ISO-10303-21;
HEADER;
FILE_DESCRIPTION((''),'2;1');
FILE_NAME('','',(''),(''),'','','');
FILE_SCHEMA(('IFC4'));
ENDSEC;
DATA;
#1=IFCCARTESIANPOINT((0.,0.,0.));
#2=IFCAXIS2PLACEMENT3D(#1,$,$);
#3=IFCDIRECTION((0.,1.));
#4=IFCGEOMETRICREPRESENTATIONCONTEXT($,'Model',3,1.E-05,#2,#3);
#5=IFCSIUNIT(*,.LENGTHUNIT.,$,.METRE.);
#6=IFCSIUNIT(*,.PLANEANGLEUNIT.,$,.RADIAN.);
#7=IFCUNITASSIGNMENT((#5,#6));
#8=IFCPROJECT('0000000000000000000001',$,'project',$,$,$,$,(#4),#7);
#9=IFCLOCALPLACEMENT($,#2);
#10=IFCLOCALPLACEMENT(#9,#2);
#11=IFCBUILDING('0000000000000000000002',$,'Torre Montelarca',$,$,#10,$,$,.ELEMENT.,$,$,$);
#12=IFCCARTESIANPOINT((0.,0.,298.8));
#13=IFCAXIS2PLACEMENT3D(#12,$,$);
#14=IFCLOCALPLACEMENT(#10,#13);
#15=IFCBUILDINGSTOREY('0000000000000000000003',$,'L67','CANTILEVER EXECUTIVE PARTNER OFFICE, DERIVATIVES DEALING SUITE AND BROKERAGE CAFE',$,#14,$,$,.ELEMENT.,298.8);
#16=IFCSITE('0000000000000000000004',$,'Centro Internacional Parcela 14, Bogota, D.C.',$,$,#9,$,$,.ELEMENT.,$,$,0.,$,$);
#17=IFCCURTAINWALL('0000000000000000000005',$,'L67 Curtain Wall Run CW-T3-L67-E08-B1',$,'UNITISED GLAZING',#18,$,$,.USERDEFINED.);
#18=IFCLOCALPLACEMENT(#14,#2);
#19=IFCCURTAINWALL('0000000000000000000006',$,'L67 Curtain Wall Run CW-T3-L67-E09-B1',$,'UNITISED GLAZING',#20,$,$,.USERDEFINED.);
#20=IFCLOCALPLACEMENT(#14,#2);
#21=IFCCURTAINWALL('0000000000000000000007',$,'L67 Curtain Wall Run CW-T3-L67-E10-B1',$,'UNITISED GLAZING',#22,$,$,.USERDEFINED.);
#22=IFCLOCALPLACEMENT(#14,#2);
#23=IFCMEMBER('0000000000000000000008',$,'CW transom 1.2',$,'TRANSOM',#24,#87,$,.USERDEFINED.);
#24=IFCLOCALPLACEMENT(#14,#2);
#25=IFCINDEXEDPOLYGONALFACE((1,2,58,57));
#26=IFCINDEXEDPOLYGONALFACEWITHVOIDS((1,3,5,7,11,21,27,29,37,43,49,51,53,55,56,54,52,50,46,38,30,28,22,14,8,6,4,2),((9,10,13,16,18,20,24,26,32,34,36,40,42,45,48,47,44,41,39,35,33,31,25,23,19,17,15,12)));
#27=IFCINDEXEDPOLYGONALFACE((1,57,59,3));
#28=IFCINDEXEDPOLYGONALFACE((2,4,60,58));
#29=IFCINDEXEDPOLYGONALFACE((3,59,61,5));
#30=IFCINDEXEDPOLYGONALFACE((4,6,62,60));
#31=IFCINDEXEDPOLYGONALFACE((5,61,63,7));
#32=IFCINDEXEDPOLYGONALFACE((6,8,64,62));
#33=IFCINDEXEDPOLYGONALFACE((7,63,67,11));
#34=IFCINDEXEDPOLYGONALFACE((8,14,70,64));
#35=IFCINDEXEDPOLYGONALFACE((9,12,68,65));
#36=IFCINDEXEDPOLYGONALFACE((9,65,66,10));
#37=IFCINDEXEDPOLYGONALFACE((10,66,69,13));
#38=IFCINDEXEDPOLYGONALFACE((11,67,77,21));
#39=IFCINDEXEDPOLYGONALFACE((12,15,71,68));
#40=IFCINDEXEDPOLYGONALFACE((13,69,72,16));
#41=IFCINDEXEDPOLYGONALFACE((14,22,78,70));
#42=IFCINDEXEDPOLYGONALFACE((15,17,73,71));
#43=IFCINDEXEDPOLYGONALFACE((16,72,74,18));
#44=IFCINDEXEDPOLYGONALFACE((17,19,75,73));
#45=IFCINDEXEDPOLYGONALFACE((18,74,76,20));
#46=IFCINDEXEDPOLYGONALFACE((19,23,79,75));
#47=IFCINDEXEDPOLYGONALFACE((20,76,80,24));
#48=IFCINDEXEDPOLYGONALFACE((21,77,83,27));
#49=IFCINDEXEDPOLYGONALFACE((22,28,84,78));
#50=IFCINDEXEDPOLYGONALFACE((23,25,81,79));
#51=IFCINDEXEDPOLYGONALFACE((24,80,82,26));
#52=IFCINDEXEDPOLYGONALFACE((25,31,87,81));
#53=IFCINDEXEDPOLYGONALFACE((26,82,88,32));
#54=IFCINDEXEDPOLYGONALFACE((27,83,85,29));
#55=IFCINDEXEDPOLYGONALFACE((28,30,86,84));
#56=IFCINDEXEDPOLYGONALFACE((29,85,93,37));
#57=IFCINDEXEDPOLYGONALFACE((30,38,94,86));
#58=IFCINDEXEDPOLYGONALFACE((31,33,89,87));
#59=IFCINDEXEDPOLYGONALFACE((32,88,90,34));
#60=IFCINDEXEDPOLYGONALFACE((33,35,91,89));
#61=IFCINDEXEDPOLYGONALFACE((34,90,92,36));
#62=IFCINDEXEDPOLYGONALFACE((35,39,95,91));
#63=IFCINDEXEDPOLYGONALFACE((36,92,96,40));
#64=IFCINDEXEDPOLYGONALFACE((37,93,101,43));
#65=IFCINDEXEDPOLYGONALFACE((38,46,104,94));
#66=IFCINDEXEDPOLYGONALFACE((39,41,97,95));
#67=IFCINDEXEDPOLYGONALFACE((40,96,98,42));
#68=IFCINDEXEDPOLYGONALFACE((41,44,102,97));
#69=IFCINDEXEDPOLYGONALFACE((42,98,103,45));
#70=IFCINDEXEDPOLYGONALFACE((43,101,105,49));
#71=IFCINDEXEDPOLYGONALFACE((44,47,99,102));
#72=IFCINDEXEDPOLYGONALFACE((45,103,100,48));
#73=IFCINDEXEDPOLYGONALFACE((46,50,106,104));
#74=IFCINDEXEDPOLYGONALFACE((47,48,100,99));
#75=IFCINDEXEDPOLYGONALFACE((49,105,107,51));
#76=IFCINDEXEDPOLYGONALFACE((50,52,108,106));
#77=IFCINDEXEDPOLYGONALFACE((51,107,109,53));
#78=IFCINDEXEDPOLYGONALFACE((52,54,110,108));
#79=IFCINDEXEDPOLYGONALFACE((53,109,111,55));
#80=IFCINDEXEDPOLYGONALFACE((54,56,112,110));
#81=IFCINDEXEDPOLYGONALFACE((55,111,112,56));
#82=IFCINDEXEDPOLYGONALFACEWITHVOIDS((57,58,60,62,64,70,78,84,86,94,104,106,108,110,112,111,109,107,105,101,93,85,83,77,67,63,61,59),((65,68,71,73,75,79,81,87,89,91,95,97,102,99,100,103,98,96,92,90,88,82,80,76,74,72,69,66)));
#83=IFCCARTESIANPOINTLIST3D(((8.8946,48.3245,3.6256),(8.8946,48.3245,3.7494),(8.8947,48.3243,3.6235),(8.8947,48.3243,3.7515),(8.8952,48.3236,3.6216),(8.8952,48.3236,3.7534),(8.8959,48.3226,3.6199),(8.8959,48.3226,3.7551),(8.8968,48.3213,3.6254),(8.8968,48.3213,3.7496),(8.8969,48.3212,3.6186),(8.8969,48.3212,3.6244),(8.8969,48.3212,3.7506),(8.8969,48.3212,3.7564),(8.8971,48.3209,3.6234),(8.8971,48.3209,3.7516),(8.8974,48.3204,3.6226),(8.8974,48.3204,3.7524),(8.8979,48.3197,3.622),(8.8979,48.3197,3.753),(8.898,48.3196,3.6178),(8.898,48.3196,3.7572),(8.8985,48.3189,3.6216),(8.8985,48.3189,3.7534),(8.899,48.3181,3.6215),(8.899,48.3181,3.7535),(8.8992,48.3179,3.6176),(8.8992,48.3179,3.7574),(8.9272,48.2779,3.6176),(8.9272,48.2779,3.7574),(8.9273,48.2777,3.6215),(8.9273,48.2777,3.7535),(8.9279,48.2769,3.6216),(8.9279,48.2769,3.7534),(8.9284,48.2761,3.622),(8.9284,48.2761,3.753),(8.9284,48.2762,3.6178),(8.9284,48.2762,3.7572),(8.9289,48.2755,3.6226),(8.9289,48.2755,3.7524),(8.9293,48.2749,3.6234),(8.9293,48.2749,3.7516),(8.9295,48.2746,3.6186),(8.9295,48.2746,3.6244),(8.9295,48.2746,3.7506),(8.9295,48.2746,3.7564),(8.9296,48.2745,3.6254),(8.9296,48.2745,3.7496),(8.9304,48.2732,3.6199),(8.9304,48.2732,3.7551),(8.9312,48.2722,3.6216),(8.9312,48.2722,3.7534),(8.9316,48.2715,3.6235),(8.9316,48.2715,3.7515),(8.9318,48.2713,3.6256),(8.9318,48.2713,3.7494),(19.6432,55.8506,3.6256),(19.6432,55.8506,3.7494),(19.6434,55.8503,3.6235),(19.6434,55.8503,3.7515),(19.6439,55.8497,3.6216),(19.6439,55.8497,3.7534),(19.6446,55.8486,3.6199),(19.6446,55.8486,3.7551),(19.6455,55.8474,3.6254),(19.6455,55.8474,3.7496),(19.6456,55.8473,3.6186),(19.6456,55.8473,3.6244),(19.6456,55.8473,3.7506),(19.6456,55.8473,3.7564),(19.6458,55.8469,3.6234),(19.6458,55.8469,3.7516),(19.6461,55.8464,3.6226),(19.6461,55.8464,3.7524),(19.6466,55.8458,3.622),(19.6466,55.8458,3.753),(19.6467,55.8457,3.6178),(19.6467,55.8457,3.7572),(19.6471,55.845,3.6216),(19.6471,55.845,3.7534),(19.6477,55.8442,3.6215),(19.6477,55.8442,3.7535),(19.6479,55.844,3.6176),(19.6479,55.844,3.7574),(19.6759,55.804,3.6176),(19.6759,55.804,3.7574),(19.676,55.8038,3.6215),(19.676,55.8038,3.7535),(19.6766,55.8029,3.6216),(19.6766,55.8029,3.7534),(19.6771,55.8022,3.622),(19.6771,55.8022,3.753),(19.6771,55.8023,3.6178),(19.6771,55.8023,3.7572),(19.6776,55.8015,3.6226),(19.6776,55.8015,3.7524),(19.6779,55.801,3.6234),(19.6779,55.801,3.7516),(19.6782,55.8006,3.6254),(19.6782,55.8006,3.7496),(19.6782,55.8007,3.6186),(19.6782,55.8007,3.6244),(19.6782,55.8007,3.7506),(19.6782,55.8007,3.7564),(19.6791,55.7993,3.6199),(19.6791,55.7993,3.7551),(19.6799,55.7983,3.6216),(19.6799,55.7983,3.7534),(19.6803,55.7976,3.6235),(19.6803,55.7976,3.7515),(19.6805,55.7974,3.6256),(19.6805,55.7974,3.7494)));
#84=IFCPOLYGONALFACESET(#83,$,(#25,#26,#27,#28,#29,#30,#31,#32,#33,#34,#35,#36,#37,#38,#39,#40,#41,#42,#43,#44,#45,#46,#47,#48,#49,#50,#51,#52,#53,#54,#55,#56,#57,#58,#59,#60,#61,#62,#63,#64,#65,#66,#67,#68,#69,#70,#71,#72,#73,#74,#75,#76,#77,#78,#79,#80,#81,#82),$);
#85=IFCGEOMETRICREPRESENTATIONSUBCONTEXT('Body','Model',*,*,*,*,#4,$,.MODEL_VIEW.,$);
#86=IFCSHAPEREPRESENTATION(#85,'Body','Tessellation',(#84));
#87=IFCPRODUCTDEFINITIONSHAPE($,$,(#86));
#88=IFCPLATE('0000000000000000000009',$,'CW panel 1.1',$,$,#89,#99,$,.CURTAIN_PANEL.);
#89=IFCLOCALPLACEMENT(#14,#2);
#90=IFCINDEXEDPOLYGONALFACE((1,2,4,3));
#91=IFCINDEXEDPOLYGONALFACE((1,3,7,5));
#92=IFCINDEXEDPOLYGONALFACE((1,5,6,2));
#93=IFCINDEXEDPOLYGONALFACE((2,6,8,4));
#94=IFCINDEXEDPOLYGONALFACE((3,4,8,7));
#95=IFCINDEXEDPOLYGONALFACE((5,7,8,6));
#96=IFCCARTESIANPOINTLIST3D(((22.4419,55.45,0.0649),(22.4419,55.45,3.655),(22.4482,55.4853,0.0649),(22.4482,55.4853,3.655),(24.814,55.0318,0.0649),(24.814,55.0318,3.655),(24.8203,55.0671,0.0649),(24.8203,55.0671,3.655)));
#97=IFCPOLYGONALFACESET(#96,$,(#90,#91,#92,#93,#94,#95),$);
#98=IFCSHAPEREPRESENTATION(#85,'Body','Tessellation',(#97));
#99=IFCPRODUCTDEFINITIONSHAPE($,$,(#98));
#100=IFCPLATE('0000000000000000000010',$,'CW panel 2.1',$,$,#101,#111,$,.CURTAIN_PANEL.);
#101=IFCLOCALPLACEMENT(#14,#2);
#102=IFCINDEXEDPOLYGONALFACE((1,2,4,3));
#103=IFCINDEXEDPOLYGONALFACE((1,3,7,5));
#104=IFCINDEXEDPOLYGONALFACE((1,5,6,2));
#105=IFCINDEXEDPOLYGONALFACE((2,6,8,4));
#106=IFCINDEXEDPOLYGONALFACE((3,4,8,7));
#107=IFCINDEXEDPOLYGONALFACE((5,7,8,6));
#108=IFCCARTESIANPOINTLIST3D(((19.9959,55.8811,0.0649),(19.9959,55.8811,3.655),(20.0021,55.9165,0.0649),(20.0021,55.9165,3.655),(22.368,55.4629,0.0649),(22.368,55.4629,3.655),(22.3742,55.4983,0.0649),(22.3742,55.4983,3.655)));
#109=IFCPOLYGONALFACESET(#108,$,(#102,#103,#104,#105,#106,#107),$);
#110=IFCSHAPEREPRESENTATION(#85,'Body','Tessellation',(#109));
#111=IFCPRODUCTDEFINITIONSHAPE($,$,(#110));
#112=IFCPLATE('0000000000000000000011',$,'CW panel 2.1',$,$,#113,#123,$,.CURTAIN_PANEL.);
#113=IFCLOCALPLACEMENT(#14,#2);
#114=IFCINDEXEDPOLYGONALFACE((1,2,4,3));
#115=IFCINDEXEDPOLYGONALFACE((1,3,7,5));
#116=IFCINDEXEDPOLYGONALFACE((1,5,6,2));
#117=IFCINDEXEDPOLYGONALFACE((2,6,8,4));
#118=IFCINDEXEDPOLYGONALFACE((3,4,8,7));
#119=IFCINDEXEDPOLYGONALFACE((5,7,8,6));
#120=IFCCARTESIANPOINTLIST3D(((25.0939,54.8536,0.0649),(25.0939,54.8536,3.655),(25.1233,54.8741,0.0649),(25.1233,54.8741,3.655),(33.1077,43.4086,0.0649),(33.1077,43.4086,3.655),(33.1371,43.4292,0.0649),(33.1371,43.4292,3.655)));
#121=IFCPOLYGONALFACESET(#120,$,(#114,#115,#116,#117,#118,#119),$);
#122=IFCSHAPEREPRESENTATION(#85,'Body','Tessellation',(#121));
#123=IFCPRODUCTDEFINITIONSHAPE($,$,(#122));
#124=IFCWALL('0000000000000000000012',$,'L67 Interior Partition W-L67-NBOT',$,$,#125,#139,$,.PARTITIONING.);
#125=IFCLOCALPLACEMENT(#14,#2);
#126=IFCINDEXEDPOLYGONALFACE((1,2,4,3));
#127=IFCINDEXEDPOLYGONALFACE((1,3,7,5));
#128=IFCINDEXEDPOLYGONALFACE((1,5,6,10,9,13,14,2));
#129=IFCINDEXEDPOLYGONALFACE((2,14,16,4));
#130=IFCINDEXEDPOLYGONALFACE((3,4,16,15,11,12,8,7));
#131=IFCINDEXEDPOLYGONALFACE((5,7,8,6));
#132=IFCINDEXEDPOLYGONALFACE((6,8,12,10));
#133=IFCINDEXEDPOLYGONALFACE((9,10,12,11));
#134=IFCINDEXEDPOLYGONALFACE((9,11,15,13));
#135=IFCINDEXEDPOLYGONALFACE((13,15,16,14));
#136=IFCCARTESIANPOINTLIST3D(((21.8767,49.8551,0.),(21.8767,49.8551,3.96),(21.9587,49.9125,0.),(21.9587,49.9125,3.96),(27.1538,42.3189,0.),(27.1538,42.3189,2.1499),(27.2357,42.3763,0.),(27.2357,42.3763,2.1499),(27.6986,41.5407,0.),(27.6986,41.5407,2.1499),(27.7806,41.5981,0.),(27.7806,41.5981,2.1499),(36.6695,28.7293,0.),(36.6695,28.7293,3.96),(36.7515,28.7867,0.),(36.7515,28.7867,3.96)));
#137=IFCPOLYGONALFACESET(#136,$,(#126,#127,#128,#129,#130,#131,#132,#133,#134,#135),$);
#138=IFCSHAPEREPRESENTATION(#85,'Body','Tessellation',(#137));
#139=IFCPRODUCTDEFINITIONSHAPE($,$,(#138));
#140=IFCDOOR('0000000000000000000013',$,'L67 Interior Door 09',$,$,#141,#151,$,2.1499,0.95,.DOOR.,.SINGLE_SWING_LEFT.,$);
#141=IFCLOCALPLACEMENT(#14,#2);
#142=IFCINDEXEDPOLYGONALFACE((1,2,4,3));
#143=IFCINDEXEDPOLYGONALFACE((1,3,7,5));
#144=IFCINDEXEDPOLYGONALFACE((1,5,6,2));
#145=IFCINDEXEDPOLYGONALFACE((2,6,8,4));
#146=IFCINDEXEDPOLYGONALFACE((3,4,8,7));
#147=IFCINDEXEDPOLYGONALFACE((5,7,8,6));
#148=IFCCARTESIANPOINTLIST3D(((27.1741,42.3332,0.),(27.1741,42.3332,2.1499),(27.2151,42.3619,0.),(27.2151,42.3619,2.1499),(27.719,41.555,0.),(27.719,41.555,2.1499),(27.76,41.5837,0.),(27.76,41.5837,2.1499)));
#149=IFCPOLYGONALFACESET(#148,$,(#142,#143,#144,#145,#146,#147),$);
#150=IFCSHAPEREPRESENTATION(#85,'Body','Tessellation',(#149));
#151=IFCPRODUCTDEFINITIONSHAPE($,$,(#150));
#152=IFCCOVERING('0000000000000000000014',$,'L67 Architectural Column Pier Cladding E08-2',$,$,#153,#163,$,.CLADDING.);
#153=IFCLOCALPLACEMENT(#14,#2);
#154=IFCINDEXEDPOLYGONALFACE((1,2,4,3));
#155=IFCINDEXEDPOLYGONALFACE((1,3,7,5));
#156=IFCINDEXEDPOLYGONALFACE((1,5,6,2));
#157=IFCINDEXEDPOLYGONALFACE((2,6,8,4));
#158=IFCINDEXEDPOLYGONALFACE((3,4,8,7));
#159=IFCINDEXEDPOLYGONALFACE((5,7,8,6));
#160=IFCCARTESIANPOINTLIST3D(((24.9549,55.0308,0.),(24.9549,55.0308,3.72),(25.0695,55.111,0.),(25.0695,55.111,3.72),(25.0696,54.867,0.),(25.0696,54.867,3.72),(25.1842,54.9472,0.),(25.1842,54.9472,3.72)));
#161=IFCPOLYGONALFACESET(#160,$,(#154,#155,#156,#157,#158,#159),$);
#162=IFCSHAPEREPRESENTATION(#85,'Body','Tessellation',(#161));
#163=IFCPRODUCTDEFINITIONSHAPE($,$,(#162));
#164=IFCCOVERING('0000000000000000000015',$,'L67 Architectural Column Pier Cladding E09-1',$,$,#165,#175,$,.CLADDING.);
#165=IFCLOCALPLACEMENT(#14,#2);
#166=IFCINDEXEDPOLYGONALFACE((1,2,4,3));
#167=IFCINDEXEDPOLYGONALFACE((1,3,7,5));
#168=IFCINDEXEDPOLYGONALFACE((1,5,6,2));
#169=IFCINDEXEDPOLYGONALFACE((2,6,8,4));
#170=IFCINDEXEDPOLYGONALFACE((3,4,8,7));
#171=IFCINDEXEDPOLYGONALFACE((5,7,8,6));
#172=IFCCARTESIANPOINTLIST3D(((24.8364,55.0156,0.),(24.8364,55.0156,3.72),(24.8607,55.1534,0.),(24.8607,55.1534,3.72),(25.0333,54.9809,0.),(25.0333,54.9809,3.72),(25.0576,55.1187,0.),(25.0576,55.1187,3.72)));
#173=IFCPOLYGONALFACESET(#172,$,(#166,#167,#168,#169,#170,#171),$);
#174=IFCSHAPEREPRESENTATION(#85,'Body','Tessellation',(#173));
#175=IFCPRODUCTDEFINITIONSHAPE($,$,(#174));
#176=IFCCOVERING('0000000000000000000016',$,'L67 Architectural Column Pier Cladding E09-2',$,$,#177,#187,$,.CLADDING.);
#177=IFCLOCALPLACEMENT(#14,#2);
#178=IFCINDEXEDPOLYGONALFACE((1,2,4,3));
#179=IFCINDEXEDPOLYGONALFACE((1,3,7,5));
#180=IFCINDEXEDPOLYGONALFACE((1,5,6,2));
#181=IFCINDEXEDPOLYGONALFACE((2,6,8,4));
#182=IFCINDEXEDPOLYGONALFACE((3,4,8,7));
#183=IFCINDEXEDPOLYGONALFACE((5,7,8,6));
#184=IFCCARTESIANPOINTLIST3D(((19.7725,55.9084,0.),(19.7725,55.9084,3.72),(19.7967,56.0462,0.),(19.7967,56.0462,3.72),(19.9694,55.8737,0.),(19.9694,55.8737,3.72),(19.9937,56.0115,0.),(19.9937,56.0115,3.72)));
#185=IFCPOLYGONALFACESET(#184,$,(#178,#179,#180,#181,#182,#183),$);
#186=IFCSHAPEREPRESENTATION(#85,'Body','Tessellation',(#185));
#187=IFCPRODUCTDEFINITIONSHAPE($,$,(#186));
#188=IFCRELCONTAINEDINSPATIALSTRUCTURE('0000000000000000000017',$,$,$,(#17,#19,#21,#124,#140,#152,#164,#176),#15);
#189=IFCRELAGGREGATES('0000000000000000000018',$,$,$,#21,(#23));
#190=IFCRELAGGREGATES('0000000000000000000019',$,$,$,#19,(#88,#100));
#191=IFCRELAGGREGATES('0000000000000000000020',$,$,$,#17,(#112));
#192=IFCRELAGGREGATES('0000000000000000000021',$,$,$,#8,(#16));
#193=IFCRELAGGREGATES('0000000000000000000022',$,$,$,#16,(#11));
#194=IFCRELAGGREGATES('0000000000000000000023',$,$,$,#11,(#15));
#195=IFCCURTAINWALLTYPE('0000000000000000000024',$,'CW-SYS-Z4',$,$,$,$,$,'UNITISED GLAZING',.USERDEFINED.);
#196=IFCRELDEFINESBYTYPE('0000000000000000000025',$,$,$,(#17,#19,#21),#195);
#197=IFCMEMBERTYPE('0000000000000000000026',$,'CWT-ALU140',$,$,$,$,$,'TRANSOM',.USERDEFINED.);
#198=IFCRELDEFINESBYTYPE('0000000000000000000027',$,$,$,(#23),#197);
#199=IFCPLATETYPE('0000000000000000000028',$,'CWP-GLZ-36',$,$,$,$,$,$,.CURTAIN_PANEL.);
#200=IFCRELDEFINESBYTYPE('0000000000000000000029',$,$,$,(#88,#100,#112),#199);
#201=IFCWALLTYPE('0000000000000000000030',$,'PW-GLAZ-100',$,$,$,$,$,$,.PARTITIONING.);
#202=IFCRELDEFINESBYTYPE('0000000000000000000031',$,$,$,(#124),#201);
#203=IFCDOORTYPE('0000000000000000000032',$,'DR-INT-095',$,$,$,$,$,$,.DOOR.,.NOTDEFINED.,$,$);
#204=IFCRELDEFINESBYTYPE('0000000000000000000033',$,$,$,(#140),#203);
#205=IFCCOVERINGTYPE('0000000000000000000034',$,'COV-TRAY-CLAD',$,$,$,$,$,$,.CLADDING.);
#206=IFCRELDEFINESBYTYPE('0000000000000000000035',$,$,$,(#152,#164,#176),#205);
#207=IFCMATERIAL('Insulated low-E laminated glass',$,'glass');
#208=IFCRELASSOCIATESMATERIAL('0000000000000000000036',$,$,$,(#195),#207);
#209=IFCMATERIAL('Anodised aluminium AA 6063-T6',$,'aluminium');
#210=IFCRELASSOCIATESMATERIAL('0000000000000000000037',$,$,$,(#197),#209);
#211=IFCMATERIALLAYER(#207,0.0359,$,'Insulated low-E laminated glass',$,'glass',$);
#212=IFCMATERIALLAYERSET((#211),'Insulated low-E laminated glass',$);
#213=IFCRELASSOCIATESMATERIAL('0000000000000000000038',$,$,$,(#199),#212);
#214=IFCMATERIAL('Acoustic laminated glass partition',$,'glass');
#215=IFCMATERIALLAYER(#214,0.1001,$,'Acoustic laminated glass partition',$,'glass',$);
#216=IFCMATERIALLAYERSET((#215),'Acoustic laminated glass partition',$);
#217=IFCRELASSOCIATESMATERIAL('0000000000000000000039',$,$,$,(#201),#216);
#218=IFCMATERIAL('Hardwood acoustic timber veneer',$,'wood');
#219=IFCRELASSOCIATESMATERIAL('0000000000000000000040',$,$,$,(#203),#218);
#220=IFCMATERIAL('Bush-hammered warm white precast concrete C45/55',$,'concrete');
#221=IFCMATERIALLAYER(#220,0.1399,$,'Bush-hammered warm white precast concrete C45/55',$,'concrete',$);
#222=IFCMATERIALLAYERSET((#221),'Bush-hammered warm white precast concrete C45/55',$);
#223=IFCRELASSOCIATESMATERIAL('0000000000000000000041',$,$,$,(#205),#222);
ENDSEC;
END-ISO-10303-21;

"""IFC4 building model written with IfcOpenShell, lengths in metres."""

from ifc_helpers import new_model, si_unit, direction, frame, frame_2d, origin, origin_2d, place, context, subcontext, project, spatial, rectangle, hollow_rectangle, extrude, source, transform, mapped, material, layer, layer_set, material_profile, profile_set, type_object, element, fill, aggregate, save


model = new_model("IFC4")

# Units and contexts
model_context = context("Model", 3, precision=1e-05, world=origin(), true_north=direction((0.0, 1.0)))
body_context = subcontext(model_context, "Body", "Model", "MODEL_VIEW")
ifc_project = project(units=[si_unit("LENGTHUNIT", "METRE"), si_unit("PLANEANGLEUNIT", "RADIAN")], contexts=[model_context])

# Site, building, storey
site_placement = place(None, origin())
site = spatial("IfcSite", under=ifc_project, at=site_placement, Name="Centro Internacional Parcela 14, Bogota, D.C.", CompositionType="ELEMENT", RefElevation=0.0)
building_placement = place(site_placement, origin())
building = spatial("IfcBuilding", under=site, at=building_placement, Name="Torre Montelarca", CompositionType="ELEMENT")
storey_placement = place(building_placement, frame((0.0, 0.0, 298.8)))
storey = spatial("IfcBuildingStorey", under=building, at=storey_placement, Name="L67", Description="CANTILEVER EXECUTIVE PARTNER OFFICE, DERIVATIVES DEALING SUITE AND BROKERAGE CAFE", CompositionType="ELEMENT", Elevation=298.8)

# Curtain wall
ifc_material_1 = material(Name="Insulated low-E laminated glass", Category="glass")
curtain_wall_type = type_object("IfcCurtainWallType", Name="CW-SYS-Z4", ElementType="UNITISED GLAZING", PredefinedType="USERDEFINED", material=ifc_material_1)
curtain_wall_1_placement = place(storey_placement, origin())
curtain_wall_1 = element("IfcCurtainWall", 1, at=curtain_wall_1_placement, inside=storey, type_object=curtain_wall_type, Name="L67 Curtain Wall Run CW-T3-L67-E08-B1", ObjectType="UNITISED GLAZING", PredefinedType="USERDEFINED")
ifc_material_2 = material(Name="Anodised aluminium AA 6063-T6", Category="aluminium")

# Curtain wall
curtain_wall_2_placement = place(storey_placement, origin())
curtain_wall_2 = element("IfcCurtainWall", 2, at=curtain_wall_2_placement, inside=storey, type_object=curtain_wall_type, Name="L67 Curtain Wall Run CW-T3-L67-E09-B1", ObjectType="UNITISED GLAZING", PredefinedType="USERDEFINED")

# Curtain wall
curtain_wall_3_placement = place(storey_placement, origin())
curtain_wall_3 = element("IfcCurtainWall", 3, at=curtain_wall_3_placement, inside=storey, type_object=curtain_wall_type, Name="L67 Curtain Wall Run CW-T3-L67-E10-B1", ObjectType="UNITISED GLAZING", PredefinedType="USERDEFINED")

# Member
ifc_material_profile_1 = material_profile(ifc_material_2, hollow_rectangle(XDim=0.0649, YDim=0.1399, WallThickness=0.0039, InnerFilletRadius=0.0039, OuterFilletRadius=0.0081, at=origin_2d()), Name="ALU65X140X4", Category="aluminium")
ifc_profile_set_1 = profile_set([ifc_material_profile_1], Name="Anodised aluminium AA 6063-T6")
member_type_1 = type_object("IfcMemberType", Name="CWT-ALU140", ElementType="TRANSOM", PredefinedType="USERDEFINED", material=ifc_profile_set_1)
shared_shape_1 = source(origin(), body_context, "Body", "SweptSolid", [
    extrude(hollow_rectangle(XDim=0.0649, YDim=0.1399, WallThickness=0.0039, InnerFilletRadius=0.0039, OuterFilletRadius=0.0081, at=origin_2d()), origin(), (0.0, 0.0, 1.0), 13.1216),
])
member_1_placement = place(storey_placement, frame((19.6619, 55.824, 3.6875), z_axis=(-0.819161, -0.573563, 0.0), x_axis=(0.573563, -0.819161, 0.0)))
member_1 = element("IfcMember", 4, at=member_1_placement, type_object=member_type_1, Name="CW transom 1.2", ObjectType="TRANSOM", PredefinedType="USERDEFINED", context=body_context, shape_type="MappedRepresentation", body=[
    mapped(shared_shape_1, transform((0.0, 0.0, 0.0), scale=1.0)),
])
aggregate(curtain_wall_3, [member_1])

# Plates
ifc_layer_1 = layer(ifc_material_1, 0.0359, Name="Insulated low-E laminated glass", Category="glass")
ifc_layer_set_1 = layer_set([ifc_layer_1], Name="Insulated low-E laminated glass")
plate_type = type_object("IfcPlateType", Name="CWP-GLZ-36", PredefinedType="CURTAIN_PANEL", material=ifc_layer_set_1)
shared_shape_2 = source(origin(), body_context, "Body", "SweptSolid", [
    extrude(rectangle(XDim=2.4087, YDim=0.0359, at=origin_2d()), origin(), (0.0, 0.0, 1.0), 3.5901),
])
plate_1_placement = place(storey_placement, frame((23.6311, 55.2585, 0.0649), z_axis=(0.0, 0.0, 1.0), x_axis=(-0.98481, 0.173635, 0.0)))
plate_1 = element("IfcPlate", 5, at=plate_1_placement, type_object=plate_type, Name="CW panel 1.1", PredefinedType="CURTAIN_PANEL", context=body_context, shape_type="MappedRepresentation", body=[
    mapped(shared_shape_2, transform((0.0, 0.0, 0.0), scale=1.0)),
])
plate_2_placement = place(storey_placement, frame((21.1851, 55.6897, 0.0649), z_axis=(0.0, 0.0, 1.0), x_axis=(-0.98481, 0.173635, 0.0)))
plate_2 = element("IfcPlate", 6, at=plate_2_placement, type_object=plate_type, Name="CW panel 2.1", PredefinedType="CURTAIN_PANEL", context=body_context, shape_type="MappedRepresentation", body=[
    mapped(shared_shape_2, transform((0.0, 0.0, 0.0), scale=1.0)),
])
aggregate(curtain_wall_2, [plate_1, plate_2])
shared_shape_3 = source(origin(), body_context, "Body", "SweptSolid", [
    extrude(rectangle(XDim=13.9717, YDim=0.0359, at=origin_2d()), origin(), (0.0, 0.0, 1.0), 3.5901),
])
plate_3_placement = place(storey_placement, frame((29.1155, 49.1414, 0.0649), z_axis=(0.0, 0.0, 1.0), x_axis=(-0.573571, 0.819156, 0.0)))
plate_3 = element("IfcPlate", 7, at=plate_3_placement, type_object=plate_type, Name="CW panel 2.1", PredefinedType="CURTAIN_PANEL", context=body_context, shape_type="MappedRepresentation", body=[
    mapped(shared_shape_3, transform((0.0, 0.0, 0.0), scale=1.0)),
])
aggregate(curtain_wall_1, [plate_3])

# Wall, opening, door
ifc_material_3 = material(Name="Acoustic laminated glass partition", Category="glass")
ifc_layer_2 = layer(ifc_material_3, 0.1001, Name="Acoustic laminated glass partition", Category="glass")
ifc_layer_set_2 = layer_set([ifc_layer_2], Name="Acoustic laminated glass partition")
wall_type = type_object("IfcWallType", Name="PW-GLAZ-100", PredefinedType="PARTITIONING", material=ifc_layer_set_2)
wall_placement = place(storey_placement, frame((21.9177, 49.8838, 0.0), z_axis=(0.0, 0.0, 1.0), x_axis=(0.573585, -0.819146, 0.0)))
wall = element("IfcWall", 8, at=wall_placement, inside=storey, type_object=wall_type, Name="L67 Interior Partition W-L67-NBOT", PredefinedType="PARTITIONING", context=body_context, shape_type="SweptSolid", body=[
    extrude(rectangle(XDim=25.79, YDim=0.1001, at=frame_2d((12.895, 0.0))), origin(), (0.0, 0.0, 1.0), 3.96),
])
opening_placement = place(wall_placement, frame((9.2, 0.0, 0.0)))
opening = element("IfcOpeningElement", 9, at=opening_placement, cuts=wall, PredefinedType="OPENING", context=body_context, shape_type="SweptSolid", body=[
    extrude(rectangle(XDim=0.95, YDim=2.1499, at=frame_2d((0.4751, 1.075))), frame((0.0, 0.0601, 0.0), z_axis=(0.0, -1.0, 0.0), x_axis=(1.0, 0.0, 0.0)), (0.0, 0.0, 1.0), 0.1201),
])
ifc_material_4 = material(Name="Hardwood acoustic timber veneer", Category="wood")
door_type = type_object("IfcDoorType", Name="DR-INT-095", OperationType="NOTDEFINED", PredefinedType="DOOR", material=ifc_material_4)
shared_shape_4 = source(origin(), body_context, "Body", "SweptSolid", [
    extrude(rectangle(XDim=0.95, YDim=2.1499, at=frame_2d((0.4751, 1.075))), frame((0.0, 0.0249, 0.0), z_axis=(0.0, -1.0, 0.0), x_axis=(1.0, 0.0, 0.0)), (0.0, 0.0, 1.0), 0.05),
])
door_placement = place(opening_placement, origin())
door = element("IfcDoor", 10, at=door_placement, inside=storey, type_object=door_type, Name="L67 Interior Door 09", OperationType="SINGLE_SWING_LEFT", OverallHeight=2.1499, OverallWidth=0.95, PredefinedType="DOOR", context=body_context, shape_type="MappedRepresentation", body=[
    mapped(shared_shape_4, transform((0.0, 0.0, 0.0), scale=1.0)),
])
fill(opening, door)

# Coverings
ifc_material_5 = material(Name="Bush-hammered warm white precast concrete C45/55", Category="concrete")
ifc_layer_3 = layer(ifc_material_5, 0.1399, Name="Bush-hammered warm white precast concrete C45/55", Category="concrete")
ifc_layer_set_3 = layer_set([ifc_layer_3], Name="Bush-hammered warm white precast concrete C45/55")
covering_type = type_object("IfcCoveringType", Name="COV-TRAY-CLAD", PredefinedType="CLADDING", material=ifc_layer_set_3)
shared_shape_5 = source(origin(), body_context, "Body", "SweptSolid", [
    extrude(rectangle(XDim=0.2, YDim=0.1399, at=origin_2d()), origin(), (0.0, 0.0, 1.0), 3.72),
])
for number, where, z_axis, x_axis, name in (
    (11, (25.0696, 54.989, 0.0), (0.0, 0.0, 1.0), (-0.573574, 0.819154, 0.0), "L67 Architectural Column Pier Cladding E08-2"),
    (12, (24.947, 55.0671, 0.0), (0.0, 0.0, 1.0), (-0.984808, 0.173646, 0.0), "L67 Architectural Column Pier Cladding E09-1"),
    (13, (19.8831, 55.96, 0.0), (0.0, 0.0, 1.0), (-0.984808, 0.173646, 0.0), "L67 Architectural Column Pier Cladding E09-2"),
):
    element("IfcCovering", number, at=place(storey_placement, frame(where, z_axis=z_axis, x_axis=x_axis)), inside=storey, type_object=covering_type, Name=name, PredefinedType="CLADDING", context=body_context, shape_type="MappedRepresentation", body=[
        mapped(shared_shape_5, transform((0.0, 0.0, 0.0), scale=1.0)),
    ])

save(model, "model.ifc")
